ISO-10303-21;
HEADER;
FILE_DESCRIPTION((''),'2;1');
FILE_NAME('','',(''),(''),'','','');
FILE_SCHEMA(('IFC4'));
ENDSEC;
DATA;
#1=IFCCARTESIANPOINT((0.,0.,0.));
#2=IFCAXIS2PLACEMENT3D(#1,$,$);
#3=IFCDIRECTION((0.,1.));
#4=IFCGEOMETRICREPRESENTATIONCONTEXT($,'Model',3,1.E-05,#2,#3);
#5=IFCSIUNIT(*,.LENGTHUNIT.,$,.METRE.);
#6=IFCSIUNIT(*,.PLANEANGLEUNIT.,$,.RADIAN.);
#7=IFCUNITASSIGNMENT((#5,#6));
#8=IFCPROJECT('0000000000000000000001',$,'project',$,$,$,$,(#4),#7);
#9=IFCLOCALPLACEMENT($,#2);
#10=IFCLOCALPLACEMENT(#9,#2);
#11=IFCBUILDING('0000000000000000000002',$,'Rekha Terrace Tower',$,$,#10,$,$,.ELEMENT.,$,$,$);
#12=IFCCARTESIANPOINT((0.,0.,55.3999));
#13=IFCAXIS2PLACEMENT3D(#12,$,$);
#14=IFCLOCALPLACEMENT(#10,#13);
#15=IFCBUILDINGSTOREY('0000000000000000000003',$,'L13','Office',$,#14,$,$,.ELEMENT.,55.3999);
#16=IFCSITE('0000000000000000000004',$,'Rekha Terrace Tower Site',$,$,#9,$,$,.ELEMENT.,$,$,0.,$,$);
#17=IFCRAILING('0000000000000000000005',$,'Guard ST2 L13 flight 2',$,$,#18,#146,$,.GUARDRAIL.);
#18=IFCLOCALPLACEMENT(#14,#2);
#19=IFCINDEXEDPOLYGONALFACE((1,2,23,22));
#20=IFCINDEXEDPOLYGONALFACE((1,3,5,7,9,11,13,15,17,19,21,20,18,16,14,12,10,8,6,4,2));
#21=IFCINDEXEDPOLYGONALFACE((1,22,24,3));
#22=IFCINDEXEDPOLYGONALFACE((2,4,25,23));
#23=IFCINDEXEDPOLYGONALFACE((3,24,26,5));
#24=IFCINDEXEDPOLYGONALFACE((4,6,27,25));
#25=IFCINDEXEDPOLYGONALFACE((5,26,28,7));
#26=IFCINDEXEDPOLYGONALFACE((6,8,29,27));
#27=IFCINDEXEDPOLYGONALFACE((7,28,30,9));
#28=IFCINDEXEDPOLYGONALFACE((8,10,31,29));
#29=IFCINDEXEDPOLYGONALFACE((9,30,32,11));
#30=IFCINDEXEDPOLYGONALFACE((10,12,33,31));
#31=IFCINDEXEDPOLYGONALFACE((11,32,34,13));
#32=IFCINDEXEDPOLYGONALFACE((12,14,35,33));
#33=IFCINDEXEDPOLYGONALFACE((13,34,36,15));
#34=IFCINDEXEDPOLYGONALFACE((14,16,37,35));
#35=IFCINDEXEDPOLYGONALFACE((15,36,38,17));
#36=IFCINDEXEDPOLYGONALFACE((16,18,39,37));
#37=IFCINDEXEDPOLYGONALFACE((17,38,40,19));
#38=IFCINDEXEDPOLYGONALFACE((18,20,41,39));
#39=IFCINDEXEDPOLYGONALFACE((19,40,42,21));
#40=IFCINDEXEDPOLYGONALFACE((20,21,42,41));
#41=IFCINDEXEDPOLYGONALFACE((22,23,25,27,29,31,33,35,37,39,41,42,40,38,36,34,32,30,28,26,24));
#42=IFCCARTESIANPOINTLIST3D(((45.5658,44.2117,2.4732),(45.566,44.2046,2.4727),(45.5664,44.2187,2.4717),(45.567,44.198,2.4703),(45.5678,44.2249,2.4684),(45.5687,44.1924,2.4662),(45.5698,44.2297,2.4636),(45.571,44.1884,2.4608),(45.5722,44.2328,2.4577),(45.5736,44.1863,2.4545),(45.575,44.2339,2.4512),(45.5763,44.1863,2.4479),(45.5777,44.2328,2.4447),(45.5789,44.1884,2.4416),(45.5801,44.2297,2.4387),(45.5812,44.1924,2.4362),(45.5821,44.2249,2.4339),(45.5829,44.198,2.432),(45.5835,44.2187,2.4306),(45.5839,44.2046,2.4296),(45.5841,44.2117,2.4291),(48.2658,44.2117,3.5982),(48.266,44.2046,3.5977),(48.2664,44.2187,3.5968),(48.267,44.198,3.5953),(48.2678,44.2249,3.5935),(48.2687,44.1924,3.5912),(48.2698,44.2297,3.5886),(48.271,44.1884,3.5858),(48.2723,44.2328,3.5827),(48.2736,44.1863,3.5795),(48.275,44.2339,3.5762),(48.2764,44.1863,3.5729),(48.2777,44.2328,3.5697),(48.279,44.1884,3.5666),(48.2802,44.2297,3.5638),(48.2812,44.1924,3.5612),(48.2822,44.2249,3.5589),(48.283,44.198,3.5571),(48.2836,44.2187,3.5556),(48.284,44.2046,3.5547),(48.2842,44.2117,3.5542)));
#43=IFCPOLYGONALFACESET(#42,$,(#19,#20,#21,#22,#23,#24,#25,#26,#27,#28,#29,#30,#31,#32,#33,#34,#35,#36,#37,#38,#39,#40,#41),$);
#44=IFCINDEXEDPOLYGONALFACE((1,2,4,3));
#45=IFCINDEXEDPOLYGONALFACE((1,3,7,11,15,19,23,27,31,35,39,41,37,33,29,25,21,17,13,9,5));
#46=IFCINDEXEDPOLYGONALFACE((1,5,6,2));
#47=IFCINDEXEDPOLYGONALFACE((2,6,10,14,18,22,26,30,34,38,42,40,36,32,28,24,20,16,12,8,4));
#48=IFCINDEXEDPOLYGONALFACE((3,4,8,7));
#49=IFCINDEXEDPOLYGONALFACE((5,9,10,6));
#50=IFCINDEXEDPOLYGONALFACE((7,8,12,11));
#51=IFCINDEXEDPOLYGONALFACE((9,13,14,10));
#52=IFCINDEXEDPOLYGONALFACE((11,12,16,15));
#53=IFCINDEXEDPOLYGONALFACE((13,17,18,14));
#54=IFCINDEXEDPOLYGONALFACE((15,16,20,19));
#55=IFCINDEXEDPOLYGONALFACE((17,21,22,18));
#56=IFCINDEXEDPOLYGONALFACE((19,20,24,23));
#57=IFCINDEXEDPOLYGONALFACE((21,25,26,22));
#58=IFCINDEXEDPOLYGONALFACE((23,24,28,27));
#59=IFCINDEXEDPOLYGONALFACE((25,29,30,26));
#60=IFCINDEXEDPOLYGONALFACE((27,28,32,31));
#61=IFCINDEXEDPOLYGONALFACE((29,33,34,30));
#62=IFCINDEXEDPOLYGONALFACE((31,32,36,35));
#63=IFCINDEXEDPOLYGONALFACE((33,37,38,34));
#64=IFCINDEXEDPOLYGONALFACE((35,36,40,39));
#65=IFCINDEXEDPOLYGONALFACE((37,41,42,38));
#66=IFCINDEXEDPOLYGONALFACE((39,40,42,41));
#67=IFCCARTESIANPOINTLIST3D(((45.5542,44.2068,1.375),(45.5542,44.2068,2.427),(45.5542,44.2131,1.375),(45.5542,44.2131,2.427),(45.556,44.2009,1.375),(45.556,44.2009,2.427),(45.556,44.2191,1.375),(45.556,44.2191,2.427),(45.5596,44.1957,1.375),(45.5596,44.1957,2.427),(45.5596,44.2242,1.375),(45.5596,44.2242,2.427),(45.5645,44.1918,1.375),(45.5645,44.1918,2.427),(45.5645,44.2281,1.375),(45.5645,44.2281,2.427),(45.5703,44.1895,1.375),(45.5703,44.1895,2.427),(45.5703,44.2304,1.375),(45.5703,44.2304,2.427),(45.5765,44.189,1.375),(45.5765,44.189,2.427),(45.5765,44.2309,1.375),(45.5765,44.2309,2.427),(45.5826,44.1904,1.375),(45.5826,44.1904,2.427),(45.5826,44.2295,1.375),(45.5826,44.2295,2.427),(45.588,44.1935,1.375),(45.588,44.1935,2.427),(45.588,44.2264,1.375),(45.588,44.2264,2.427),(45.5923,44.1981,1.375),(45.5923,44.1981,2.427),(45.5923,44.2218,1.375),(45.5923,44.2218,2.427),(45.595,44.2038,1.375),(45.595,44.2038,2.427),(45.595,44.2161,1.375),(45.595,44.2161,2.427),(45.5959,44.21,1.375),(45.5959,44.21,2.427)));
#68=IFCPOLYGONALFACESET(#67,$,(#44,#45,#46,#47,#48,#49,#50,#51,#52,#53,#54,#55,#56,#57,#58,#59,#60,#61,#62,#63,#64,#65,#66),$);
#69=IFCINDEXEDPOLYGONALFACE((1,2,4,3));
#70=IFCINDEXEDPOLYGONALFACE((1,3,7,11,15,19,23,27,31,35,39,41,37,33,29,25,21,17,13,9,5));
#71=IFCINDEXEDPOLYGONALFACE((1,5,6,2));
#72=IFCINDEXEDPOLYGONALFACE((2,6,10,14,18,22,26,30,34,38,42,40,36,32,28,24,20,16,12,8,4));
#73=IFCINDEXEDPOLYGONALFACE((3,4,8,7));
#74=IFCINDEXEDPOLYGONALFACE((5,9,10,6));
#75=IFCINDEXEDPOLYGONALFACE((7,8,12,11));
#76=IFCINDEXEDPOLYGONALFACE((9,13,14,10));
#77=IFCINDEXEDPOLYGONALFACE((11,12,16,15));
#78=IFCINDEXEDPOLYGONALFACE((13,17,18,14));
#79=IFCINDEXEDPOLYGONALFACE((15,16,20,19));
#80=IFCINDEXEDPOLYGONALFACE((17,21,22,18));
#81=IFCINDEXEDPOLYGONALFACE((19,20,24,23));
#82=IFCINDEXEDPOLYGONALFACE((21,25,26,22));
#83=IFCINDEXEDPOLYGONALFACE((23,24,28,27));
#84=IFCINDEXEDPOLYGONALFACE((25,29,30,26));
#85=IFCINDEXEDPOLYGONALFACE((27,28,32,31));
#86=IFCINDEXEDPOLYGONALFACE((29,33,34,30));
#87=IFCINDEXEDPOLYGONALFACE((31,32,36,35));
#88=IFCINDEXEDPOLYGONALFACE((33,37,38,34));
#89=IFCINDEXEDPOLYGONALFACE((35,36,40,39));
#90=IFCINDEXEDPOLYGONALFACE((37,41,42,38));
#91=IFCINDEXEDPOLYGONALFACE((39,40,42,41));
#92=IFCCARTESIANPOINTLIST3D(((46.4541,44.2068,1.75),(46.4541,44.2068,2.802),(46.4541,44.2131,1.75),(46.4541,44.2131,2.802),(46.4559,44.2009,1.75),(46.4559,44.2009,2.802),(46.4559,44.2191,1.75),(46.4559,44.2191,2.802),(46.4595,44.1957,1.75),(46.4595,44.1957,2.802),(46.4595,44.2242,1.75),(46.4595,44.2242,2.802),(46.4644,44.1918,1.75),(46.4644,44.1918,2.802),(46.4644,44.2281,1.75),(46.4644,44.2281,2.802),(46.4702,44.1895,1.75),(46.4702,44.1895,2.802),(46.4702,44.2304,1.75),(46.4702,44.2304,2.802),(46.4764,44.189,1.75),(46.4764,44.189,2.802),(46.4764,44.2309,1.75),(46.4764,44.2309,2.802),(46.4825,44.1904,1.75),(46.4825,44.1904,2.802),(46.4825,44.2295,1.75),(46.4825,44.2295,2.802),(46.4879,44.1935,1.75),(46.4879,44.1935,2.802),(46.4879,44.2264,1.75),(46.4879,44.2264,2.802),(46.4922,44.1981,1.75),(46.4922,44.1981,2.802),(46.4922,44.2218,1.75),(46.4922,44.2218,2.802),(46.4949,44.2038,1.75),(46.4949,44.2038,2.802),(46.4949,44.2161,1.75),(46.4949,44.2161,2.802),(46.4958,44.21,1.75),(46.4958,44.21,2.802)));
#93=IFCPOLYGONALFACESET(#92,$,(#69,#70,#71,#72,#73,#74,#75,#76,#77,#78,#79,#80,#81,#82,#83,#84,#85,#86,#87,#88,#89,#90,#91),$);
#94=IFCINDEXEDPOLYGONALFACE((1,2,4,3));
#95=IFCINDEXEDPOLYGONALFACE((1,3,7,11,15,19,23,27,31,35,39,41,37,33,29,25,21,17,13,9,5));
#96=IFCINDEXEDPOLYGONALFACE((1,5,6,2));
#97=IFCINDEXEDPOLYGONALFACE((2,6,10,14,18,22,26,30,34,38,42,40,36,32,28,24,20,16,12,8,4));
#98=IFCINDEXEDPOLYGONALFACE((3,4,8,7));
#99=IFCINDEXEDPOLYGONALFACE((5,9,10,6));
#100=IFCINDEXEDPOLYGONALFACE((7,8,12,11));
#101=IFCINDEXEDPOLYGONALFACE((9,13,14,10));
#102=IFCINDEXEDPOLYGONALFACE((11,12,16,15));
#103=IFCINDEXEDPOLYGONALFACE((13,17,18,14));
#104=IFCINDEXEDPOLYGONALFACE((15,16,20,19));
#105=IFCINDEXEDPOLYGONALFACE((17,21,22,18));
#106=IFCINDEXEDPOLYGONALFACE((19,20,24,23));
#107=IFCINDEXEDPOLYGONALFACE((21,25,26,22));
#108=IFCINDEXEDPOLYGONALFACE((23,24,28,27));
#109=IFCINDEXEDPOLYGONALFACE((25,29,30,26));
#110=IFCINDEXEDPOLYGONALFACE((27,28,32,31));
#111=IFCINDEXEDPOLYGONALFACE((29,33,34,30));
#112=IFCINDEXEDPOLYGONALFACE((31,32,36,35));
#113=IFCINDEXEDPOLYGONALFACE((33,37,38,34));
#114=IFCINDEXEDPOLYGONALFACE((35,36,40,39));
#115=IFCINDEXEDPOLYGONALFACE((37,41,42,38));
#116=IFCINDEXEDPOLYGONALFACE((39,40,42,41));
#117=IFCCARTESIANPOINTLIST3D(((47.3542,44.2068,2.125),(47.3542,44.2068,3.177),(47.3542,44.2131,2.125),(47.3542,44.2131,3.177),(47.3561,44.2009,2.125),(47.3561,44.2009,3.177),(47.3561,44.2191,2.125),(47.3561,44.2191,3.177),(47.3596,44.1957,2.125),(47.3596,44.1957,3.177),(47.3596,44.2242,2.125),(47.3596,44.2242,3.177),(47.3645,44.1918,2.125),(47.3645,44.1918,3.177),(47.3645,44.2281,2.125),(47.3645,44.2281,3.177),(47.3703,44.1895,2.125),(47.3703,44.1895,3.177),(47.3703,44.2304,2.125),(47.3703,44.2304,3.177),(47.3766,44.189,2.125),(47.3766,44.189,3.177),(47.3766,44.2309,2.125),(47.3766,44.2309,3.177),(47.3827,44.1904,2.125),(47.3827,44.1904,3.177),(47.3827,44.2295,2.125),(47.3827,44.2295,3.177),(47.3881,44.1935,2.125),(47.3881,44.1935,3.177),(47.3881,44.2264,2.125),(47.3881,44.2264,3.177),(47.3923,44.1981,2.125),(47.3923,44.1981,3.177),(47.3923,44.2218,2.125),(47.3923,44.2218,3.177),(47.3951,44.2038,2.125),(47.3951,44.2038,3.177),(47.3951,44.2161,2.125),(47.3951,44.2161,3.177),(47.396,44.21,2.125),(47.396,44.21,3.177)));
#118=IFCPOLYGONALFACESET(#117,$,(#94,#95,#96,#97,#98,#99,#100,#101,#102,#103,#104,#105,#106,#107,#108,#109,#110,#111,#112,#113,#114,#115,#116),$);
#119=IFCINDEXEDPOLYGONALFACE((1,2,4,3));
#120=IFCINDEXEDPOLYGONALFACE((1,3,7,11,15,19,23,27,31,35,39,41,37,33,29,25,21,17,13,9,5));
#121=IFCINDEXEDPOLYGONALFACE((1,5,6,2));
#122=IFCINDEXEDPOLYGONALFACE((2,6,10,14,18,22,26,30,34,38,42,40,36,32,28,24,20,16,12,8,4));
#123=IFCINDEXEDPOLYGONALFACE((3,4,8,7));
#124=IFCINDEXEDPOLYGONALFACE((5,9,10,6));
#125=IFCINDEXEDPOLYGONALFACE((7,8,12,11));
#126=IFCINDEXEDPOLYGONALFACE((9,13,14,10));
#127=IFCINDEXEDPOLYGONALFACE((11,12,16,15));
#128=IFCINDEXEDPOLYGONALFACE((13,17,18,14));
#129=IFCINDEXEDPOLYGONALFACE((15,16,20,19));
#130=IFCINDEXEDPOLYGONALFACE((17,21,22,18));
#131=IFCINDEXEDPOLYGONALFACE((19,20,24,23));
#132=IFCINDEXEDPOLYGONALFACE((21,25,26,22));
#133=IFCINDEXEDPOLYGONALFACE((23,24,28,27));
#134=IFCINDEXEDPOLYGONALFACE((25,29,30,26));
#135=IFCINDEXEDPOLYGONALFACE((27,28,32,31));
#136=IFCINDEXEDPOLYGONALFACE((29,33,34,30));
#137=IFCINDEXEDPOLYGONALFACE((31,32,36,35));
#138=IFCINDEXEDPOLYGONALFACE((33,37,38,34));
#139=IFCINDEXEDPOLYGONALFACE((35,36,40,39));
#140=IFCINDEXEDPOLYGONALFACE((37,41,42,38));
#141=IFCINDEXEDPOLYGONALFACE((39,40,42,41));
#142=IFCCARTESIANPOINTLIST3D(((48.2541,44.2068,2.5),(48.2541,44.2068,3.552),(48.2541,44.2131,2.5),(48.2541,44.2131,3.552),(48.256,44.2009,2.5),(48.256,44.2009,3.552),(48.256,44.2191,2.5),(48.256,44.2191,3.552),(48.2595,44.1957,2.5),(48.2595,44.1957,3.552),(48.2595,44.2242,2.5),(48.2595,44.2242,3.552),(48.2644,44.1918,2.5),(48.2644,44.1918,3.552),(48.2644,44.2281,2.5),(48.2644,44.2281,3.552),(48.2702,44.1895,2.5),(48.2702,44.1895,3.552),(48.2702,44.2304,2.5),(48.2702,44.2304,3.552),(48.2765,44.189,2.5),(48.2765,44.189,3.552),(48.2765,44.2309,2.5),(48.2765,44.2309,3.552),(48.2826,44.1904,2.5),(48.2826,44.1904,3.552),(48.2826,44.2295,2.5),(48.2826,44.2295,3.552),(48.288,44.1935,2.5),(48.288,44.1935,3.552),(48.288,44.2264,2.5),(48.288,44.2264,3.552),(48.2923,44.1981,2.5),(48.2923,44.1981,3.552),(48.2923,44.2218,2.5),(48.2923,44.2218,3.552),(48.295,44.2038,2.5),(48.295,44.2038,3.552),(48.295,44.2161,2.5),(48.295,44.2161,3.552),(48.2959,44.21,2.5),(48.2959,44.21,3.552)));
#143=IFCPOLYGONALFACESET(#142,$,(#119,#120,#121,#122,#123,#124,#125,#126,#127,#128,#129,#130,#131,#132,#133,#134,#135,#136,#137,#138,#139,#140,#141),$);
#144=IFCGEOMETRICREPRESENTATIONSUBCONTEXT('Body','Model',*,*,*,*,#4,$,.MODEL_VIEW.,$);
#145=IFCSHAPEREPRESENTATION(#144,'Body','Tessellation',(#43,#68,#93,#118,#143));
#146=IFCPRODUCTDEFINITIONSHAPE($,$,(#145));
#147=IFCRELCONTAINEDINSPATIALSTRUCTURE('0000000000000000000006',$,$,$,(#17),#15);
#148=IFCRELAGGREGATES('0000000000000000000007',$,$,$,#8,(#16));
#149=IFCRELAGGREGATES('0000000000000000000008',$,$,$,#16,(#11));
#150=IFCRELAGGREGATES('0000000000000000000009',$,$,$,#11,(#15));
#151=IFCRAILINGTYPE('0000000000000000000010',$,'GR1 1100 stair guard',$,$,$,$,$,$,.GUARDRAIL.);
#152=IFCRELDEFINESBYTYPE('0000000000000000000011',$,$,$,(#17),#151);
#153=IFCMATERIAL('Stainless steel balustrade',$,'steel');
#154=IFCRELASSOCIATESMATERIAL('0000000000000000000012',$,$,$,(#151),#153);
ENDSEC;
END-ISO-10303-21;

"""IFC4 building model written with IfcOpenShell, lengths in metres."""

from ifc_helpers import new_model, si_unit, direction, frame, origin, origin_2d, place, context, subcontext, project, spatial, circle, extrude, material, type_object, element, save


model = new_model("IFC4")

# Units and contexts
model_context = context("Model", 3, precision=1e-05, world=origin(), true_north=direction((0.0, 1.0)))
body_context = subcontext(model_context, "Body", "Model", "MODEL_VIEW")
ifc_project = project(units=[si_unit("LENGTHUNIT", "METRE"), si_unit("PLANEANGLEUNIT", "RADIAN")], contexts=[model_context])

# Site, building, storey
site_placement = place(None, origin())
site = spatial("IfcSite", under=ifc_project, at=site_placement, Name="Rekha Terrace Tower Site", CompositionType="ELEMENT", RefElevation=0.0)
building_placement = place(site_placement, origin())
building = spatial("IfcBuilding", under=site, at=building_placement, Name="Rekha Terrace Tower", CompositionType="ELEMENT")
storey_placement = place(building_placement, frame((0.0, 0.0, 55.3999)))
storey = spatial("IfcBuildingStorey", under=building, at=storey_placement, Name="L13", Description="Office", CompositionType="ELEMENT", Elevation=55.3999)

# Railing
ifc_material_1 = material(Name="Stainless steel balustrade", Category="steel")
railing_type_1 = type_object("IfcRailingType", Name="GR1 1100 stair guard", PredefinedType="GUARDRAIL", material=ifc_material_1)
railing_1_placement = place(storey_placement, frame((45.575, 44.21, 1.375)))
element("IfcRailing", 1, at=railing_1_placement, inside=storey, type_object=railing_type_1, Name="Guard ST2 L13 flight 2", PredefinedType="GUARDRAIL", context=body_context, shape_type="SweptSolid", body=[
    extrude(circle(Radius=0.0239, at=origin_2d()), frame((0.0, 0.0, 1.0762), z_axis=(0.923074, 0.0, 0.384621), x_axis=(0.0, 1.0, 0.0)), (0.0, 0.0, 1.0), 2.925),
    extrude(circle(Radius=0.021, at=origin_2d()), origin(), (0.0, 0.0, 1.0), 1.052),
    extrude(circle(Radius=0.021, at=origin_2d()), frame((0.8999, 0.0, 0.375)), (0.0, 0.0, 1.0), 1.052),
    extrude(circle(Radius=0.021, at=origin_2d()), frame((1.8, 0.0, 0.75)), (0.0, 0.0, 1.0), 1.052),
    extrude(circle(Radius=0.021, at=origin_2d()), frame((2.7, 0.0, 1.125)), (0.0, 0.0, 1.0), 1.052),
])

save(model, "model.ifc")
